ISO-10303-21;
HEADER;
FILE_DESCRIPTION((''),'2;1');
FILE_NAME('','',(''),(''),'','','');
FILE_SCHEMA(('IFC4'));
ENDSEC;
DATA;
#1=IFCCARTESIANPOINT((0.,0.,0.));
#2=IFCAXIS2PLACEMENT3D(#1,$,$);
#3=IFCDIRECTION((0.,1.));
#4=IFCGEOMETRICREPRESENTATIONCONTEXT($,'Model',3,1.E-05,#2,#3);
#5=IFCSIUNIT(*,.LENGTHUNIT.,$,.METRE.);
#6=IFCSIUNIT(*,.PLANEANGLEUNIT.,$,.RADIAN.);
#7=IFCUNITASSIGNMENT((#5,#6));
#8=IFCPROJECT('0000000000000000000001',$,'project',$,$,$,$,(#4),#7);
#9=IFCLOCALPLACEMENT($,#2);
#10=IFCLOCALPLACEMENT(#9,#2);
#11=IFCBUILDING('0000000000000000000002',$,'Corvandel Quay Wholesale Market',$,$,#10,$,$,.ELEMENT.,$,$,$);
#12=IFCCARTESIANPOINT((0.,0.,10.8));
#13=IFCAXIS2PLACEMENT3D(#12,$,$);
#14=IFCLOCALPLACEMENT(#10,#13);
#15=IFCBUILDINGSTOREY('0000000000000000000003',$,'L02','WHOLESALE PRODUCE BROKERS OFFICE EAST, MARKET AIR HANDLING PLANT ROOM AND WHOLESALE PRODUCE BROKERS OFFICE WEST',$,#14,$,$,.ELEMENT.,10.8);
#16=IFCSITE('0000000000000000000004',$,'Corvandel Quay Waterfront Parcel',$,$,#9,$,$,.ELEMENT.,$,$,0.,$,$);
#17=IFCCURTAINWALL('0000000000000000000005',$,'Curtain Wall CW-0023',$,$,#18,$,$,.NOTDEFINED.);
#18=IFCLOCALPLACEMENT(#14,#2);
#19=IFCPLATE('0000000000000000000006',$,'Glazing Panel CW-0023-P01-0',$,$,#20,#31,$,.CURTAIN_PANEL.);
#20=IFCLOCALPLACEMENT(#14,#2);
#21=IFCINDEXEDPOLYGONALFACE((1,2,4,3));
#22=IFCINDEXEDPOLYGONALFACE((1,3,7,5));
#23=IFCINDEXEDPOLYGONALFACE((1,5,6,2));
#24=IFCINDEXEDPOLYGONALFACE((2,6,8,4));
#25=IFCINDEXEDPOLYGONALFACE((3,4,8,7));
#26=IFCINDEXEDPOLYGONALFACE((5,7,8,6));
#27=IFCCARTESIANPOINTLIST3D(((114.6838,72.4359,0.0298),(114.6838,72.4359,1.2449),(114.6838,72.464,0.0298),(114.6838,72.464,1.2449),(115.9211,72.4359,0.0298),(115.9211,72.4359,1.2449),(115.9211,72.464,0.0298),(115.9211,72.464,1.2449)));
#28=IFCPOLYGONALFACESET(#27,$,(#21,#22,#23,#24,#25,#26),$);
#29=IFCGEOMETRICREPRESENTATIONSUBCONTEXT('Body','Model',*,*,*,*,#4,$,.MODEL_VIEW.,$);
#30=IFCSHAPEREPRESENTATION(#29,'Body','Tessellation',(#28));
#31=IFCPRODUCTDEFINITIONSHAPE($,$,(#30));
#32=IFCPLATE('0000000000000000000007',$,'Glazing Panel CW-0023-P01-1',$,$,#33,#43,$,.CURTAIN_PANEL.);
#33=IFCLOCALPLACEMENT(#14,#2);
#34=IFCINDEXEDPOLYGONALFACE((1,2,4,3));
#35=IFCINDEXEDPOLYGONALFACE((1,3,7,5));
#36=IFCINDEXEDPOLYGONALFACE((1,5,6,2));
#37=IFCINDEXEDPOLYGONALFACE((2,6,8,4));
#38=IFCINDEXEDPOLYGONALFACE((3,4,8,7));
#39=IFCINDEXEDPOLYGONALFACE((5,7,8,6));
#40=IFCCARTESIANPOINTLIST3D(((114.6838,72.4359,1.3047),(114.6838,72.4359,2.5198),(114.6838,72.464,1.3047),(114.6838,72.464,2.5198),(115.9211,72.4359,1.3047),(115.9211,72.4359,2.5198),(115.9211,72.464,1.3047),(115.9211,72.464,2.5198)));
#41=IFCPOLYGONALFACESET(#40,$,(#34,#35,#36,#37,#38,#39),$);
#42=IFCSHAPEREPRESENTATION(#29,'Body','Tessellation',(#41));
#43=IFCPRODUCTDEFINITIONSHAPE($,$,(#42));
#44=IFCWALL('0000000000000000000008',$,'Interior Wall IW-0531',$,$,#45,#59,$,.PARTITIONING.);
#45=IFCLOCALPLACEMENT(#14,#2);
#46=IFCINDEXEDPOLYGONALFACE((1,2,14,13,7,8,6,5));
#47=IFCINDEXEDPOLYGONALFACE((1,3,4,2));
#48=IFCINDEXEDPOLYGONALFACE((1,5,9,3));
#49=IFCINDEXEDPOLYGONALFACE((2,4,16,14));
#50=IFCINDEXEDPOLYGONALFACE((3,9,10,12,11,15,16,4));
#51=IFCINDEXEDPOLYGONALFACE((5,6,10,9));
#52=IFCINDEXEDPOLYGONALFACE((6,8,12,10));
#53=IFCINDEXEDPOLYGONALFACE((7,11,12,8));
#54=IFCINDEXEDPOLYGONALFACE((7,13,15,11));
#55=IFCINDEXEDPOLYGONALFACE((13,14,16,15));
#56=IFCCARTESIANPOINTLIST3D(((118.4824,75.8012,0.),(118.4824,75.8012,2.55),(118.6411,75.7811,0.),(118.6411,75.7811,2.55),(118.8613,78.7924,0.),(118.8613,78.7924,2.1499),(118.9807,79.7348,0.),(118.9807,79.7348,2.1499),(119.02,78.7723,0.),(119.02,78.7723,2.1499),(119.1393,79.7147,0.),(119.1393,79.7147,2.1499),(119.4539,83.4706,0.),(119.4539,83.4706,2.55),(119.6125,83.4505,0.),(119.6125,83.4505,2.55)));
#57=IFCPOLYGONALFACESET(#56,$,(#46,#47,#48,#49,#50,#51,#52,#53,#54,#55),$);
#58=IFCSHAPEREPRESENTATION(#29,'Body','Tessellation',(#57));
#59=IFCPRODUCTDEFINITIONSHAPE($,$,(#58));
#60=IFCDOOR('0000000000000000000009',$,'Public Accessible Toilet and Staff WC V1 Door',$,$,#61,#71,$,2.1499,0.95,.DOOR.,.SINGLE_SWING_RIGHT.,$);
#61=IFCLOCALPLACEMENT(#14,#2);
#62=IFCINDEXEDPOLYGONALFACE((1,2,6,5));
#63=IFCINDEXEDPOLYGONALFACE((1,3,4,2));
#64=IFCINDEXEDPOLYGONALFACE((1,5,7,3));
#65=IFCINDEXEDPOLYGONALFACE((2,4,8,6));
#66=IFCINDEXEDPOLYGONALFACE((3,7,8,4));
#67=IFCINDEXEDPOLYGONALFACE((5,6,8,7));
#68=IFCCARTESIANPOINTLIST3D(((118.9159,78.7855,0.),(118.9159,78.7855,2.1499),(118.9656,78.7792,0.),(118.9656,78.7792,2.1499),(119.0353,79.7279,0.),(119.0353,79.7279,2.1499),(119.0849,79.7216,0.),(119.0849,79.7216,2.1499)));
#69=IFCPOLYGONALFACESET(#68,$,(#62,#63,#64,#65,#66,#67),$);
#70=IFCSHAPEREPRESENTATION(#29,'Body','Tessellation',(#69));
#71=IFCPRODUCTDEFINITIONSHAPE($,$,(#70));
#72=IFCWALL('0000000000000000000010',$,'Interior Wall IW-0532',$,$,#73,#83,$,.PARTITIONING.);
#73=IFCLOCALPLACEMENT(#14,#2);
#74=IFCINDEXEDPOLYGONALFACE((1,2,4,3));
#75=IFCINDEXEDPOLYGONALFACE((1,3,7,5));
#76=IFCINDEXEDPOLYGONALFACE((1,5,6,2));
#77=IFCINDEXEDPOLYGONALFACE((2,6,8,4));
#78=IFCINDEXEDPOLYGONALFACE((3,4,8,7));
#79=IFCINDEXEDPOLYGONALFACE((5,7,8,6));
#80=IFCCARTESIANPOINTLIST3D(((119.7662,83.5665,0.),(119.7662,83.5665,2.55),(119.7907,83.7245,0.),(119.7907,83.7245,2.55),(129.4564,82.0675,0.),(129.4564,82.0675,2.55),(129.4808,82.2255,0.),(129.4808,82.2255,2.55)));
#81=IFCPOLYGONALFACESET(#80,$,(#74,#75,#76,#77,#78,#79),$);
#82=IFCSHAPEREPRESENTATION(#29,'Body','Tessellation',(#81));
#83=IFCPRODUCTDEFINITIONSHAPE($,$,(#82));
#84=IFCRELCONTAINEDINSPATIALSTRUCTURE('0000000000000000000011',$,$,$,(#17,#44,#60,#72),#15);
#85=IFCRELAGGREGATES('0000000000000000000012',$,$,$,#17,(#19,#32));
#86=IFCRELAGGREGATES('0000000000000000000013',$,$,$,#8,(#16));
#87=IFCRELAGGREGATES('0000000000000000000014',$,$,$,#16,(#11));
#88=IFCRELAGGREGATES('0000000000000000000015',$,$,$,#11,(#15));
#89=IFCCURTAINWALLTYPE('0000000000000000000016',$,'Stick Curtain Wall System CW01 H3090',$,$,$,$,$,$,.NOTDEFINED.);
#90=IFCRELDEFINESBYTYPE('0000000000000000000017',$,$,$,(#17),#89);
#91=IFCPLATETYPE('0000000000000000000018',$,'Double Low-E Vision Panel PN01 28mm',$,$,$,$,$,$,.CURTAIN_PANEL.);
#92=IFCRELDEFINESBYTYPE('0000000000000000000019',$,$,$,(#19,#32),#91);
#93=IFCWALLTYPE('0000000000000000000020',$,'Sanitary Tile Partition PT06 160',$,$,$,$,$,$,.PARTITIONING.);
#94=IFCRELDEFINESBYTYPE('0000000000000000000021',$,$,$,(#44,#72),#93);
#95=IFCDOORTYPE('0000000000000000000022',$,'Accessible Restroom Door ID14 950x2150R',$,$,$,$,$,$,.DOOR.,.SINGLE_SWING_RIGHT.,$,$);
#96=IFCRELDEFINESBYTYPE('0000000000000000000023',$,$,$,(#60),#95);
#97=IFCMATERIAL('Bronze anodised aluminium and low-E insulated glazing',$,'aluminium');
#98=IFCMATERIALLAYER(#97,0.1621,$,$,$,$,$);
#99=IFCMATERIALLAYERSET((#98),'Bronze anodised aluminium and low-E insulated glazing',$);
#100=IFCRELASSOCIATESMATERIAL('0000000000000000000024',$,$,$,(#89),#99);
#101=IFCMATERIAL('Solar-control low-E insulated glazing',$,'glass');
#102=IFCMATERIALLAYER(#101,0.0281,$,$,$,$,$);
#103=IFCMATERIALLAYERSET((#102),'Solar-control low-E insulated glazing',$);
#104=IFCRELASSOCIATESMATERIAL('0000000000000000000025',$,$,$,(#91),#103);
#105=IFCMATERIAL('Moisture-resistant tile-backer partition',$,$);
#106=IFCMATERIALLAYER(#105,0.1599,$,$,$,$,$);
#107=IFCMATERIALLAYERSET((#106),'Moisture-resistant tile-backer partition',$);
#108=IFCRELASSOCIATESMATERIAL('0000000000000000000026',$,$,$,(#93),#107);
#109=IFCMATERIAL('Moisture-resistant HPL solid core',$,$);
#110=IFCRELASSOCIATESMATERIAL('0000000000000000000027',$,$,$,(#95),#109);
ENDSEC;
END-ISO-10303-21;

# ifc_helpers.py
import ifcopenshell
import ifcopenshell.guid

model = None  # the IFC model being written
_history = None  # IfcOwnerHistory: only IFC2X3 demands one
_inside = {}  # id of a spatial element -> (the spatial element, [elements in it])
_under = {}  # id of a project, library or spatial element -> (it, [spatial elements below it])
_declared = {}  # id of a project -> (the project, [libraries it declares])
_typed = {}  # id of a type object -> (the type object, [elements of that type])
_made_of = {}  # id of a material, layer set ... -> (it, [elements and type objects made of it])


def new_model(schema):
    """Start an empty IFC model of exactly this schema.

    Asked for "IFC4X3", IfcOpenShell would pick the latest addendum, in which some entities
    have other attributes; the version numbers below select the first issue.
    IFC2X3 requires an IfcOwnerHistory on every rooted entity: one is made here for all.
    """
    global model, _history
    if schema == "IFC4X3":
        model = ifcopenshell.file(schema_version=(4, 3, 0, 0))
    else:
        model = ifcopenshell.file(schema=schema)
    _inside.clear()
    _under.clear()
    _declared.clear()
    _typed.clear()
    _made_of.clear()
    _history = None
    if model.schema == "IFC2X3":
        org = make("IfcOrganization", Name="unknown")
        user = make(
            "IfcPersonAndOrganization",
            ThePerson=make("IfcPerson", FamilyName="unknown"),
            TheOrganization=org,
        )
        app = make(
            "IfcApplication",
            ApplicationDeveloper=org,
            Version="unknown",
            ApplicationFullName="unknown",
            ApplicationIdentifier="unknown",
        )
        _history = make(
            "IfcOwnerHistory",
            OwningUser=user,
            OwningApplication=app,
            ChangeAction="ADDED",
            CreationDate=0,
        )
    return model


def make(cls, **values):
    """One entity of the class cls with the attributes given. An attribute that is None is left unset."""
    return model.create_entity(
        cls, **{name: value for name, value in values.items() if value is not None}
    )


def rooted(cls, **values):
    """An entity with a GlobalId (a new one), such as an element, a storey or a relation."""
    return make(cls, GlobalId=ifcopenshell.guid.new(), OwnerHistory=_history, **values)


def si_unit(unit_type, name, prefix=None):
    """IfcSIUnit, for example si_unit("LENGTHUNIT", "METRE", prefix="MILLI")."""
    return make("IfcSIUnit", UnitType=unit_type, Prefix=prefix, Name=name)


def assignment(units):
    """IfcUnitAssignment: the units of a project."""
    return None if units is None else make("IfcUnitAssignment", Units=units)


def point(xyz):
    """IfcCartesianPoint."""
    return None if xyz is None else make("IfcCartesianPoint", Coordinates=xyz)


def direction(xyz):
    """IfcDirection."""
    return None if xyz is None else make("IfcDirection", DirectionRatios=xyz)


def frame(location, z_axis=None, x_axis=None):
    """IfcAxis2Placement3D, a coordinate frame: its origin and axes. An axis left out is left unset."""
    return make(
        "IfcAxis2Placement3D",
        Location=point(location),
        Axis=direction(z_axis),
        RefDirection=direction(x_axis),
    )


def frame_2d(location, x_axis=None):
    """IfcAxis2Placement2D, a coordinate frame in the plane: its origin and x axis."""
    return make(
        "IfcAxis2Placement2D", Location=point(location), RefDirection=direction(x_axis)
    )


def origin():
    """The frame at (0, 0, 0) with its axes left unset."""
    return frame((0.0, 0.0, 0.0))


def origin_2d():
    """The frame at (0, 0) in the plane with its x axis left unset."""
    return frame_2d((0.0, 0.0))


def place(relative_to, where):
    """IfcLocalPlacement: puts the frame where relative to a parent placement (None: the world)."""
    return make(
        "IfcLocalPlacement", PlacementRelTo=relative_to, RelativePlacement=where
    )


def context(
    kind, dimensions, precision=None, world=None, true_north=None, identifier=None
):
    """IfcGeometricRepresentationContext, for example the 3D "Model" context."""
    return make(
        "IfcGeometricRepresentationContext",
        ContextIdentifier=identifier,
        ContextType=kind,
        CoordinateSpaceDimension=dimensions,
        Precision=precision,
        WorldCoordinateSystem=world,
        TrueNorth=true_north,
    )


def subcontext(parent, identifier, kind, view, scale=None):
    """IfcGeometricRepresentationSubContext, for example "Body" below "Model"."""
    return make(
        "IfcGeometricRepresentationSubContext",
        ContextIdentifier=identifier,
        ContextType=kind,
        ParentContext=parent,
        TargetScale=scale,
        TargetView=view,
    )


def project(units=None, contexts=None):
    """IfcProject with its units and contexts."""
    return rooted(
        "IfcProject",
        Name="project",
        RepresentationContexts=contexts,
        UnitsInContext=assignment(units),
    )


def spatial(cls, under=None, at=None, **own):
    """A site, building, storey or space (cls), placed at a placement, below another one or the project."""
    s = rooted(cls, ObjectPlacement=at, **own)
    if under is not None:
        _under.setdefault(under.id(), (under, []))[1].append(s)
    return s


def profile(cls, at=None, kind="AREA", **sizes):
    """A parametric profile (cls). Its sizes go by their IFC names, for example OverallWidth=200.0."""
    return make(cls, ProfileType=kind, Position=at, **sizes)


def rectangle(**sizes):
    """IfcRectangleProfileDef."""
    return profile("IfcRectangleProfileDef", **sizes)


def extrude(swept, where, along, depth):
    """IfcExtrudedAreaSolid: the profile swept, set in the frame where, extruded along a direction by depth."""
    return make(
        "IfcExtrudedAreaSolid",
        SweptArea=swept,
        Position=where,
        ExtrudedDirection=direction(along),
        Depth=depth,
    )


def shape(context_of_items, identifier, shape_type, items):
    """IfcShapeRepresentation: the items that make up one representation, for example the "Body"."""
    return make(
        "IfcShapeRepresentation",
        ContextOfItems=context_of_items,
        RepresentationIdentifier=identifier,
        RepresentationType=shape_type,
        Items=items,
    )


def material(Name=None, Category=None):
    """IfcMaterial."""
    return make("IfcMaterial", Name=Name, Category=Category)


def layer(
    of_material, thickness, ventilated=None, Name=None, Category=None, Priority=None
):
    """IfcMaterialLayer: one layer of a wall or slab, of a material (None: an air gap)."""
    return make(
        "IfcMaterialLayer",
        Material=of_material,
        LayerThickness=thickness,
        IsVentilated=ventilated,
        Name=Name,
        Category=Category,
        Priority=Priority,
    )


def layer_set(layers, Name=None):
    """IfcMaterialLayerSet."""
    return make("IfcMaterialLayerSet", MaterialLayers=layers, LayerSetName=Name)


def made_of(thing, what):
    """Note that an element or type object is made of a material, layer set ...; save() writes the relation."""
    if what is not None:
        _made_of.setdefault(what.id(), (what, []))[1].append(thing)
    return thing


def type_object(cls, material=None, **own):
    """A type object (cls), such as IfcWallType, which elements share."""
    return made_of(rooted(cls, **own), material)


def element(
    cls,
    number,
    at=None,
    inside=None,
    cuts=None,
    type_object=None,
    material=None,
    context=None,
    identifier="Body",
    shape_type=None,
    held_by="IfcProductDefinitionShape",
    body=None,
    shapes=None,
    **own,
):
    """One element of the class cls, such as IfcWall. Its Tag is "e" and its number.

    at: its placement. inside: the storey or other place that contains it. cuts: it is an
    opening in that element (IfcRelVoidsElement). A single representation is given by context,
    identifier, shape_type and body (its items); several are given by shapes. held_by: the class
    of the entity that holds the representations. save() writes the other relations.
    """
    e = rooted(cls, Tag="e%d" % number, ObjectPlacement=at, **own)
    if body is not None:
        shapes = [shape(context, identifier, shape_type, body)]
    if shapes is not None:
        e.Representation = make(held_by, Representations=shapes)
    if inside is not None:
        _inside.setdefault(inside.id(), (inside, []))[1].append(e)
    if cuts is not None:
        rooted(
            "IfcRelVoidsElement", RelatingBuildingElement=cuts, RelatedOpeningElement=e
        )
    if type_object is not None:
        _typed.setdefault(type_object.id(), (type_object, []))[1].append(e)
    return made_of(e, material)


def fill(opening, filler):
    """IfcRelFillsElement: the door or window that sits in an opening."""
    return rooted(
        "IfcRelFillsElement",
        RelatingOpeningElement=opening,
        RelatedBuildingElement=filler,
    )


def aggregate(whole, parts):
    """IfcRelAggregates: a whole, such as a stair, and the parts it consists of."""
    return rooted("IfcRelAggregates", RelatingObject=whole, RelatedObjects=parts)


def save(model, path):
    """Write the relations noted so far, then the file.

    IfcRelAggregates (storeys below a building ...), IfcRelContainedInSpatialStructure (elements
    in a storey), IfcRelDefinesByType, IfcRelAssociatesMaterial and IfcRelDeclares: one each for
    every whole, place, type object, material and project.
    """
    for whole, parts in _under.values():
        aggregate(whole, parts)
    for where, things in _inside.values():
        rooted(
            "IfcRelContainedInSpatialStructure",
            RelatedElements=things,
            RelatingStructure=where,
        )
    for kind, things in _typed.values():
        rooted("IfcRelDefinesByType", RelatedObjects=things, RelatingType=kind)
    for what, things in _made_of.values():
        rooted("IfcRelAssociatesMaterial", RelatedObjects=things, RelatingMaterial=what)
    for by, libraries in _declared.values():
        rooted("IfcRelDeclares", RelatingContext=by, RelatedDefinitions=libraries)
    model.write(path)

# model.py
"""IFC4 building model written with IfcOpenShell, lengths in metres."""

from ifc_helpers import new_model, si_unit, direction, frame, frame_2d, origin, origin_2d, place, context, subcontext, project, spatial, rectangle, extrude, material, layer, layer_set, type_object, element, fill, aggregate, save


model = new_model("IFC4")

# Units and contexts
model_context = context("Model", 3, precision=1e-05, world=origin(), true_north=direction((0.0, 1.0)))
body_context = subcontext(model_context, "Body", "Model", "MODEL_VIEW")
ifc_project = project(units=[si_unit("LENGTHUNIT", "METRE"), si_unit("PLANEANGLEUNIT", "RADIAN")], contexts=[model_context])

# Site, building, storey
site_placement = place(None, origin())
site = spatial("IfcSite", under=ifc_project, at=site_placement, Name="Corvandel Quay Waterfront Parcel", CompositionType="ELEMENT", RefElevation=0.0)
building_placement = place(site_placement, origin())
building = spatial("IfcBuilding", under=site, at=building_placement, Name="Corvandel Quay Wholesale Market", CompositionType="ELEMENT")
storey_placement = place(building_placement, frame((0.0, 0.0, 10.8)))
storey = spatial("IfcBuildingStorey", under=building, at=storey_placement, Name="L02", Description="WHOLESALE PRODUCE BROKERS OFFICE EAST, MARKET AIR HANDLING PLANT ROOM AND WHOLESALE PRODUCE BROKERS OFFICE WEST", CompositionType="ELEMENT", Elevation=10.8)

# Shared definitions
ifc_material_1 = material(Name="Bronze anodised aluminium and low-E insulated glazing", Category="aluminium")

# Curtain wall
ifc_layer_1 = layer(ifc_material_1, 0.1621)
ifc_layer_set_1 = layer_set([ifc_layer_1], Name="Bronze anodised aluminium and low-E insulated glazing")
curtain_wall_type_1 = type_object("IfcCurtainWallType", Name="Stick Curtain Wall System CW01 H3090", PredefinedType="NOTDEFINED", material=ifc_layer_set_1)
curtain_wall_1_placement = place(storey_placement, origin())
curtain_wall_1 = element("IfcCurtainWall", 1, at=curtain_wall_1_placement, inside=storey, type_object=curtain_wall_type_1, Name="Curtain Wall CW-0023", PredefinedType="NOTDEFINED")

# Plates
ifc_material_2 = material(Name="Solar-control low-E insulated glazing", Category="glass")
ifc_layer_2 = layer(ifc_material_2, 0.0281)
ifc_layer_set_2 = layer_set([ifc_layer_2], Name="Solar-control low-E insulated glazing")
plate_type = type_object("IfcPlateType", Name="Double Low-E Vision Panel PN01 28mm", PredefinedType="CURTAIN_PANEL", material=ifc_layer_set_2)
plate_1_placement = place(storey_placement, frame((115.3025, 72.45, 0.0298), z_axis=(0.0, 0.0, 1.0), x_axis=(1.0, 0.0, 0.0)))
plate_1 = element("IfcPlate", 2, at=plate_1_placement, type_object=plate_type, Name="Glazing Panel CW-0023-P01-0", PredefinedType="CURTAIN_PANEL", context=body_context, shape_type="SweptSolid", body=[
    extrude(rectangle(XDim=1.2373, YDim=0.0281, at=origin_2d()), origin(), (0.0, 0.0, 1.0), 1.2151),
])
plate_2_placement = place(storey_placement, frame((115.3025, 72.45, 1.3047), z_axis=(0.0, 0.0, 1.0), x_axis=(1.0, 0.0, 0.0)))
plate_2 = element("IfcPlate", 3, at=plate_2_placement, type_object=plate_type, Name="Glazing Panel CW-0023-P01-1", PredefinedType="CURTAIN_PANEL", context=body_context, shape_type="SweptSolid", body=[
    extrude(rectangle(XDim=1.2373, YDim=0.0281, at=origin_2d()), origin(), (0.0, 0.0, 1.0), 1.2151),
])
aggregate(curtain_wall_1, [plate_1, plate_2])

# Wall, opening, door
ifc_material_3 = material(Name="Moisture-resistant tile-backer partition")
ifc_layer_3 = layer(ifc_material_3, 0.1599)
ifc_layer_set_3 = layer_set([ifc_layer_3], Name="Moisture-resistant tile-backer partition")
wall_type = type_object("IfcWallType", Name="Sanitary Tile Partition PT06 160", PredefinedType="PARTITIONING", material=ifc_layer_set_3)
wall_1_placement = place(storey_placement, frame((118.5618, 75.7913, 0.0), z_axis=(0.0, 0.0, 1.0), x_axis=(0.125659, 0.992073, 0.0)))
wall_1 = element("IfcWall", 4, at=wall_1_placement, inside=storey, type_object=wall_type, Name="Interior Wall IW-0531", PredefinedType="PARTITIONING", context=body_context, shape_type="SweptSolid", body=[
    extrude(rectangle(XDim=7.7307, YDim=0.1599, at=frame_2d((3.8652, 0.0))), origin(), (0.0, 0.0, 1.0), 2.55),
])
opening_placement = place(wall_1_placement, frame((3.0149, 0.0, 0.0)))
opening = element("IfcOpeningElement", 5, at=opening_placement, cuts=wall_1, PredefinedType="OPENING", context=body_context, shape_type="SweptSolid", body=[
    extrude(rectangle(XDim=0.95, YDim=2.1499, at=frame_2d((0.4751, 1.075))), frame((0.0, 0.0898, 0.0), z_axis=(0.0, -1.0, 0.0), x_axis=(1.0, 0.0, 0.0)), (0.0, 0.0, 1.0), 0.1799),
])
ifc_material_4 = material(Name="Moisture-resistant HPL solid core")
door_type = type_object("IfcDoorType", Name="Accessible Restroom Door ID14 950x2150R", OperationType="SINGLE_SWING_RIGHT", PredefinedType="DOOR", material=ifc_material_4)
door_placement = place(opening_placement, origin())
door = element("IfcDoor", 6, at=door_placement, inside=storey, type_object=door_type, Name="Public Accessible Toilet and Staff WC V1 Door", OperationType="SINGLE_SWING_RIGHT", OverallHeight=2.1499, OverallWidth=0.95, PredefinedType="DOOR", context=body_context, shape_type="SweptSolid", body=[
    extrude(rectangle(XDim=0.95, YDim=2.1499, at=frame_2d((0.4751, 1.075))), frame((0.0, 0.0249, 0.0), z_axis=(0.0, -1.0, 0.0), x_axis=(1.0, 0.0, 0.0)), (0.0, 0.0, 1.0), 0.05),
])
fill(opening, door)

# Wall
wall_2_placement = place(storey_placement, frame((119.7783, 83.6455, 0.0), z_axis=(0.0, 0.0, 1.0), x_axis=(0.988245, -0.152877, 0.0)))
element("IfcWall", 7, at=wall_2_placement, inside=storey, type_object=wall_type, Name="Interior Wall IW-0532", PredefinedType="PARTITIONING", context=body_context, shape_type="SweptSolid", body=[
    extrude(rectangle(XDim=9.8054, YDim=0.1599, at=frame_2d((4.9028, 0.0))), origin(), (0.0, 0.0, 1.0), 2.55),
])

save(model, "model.ifc")
